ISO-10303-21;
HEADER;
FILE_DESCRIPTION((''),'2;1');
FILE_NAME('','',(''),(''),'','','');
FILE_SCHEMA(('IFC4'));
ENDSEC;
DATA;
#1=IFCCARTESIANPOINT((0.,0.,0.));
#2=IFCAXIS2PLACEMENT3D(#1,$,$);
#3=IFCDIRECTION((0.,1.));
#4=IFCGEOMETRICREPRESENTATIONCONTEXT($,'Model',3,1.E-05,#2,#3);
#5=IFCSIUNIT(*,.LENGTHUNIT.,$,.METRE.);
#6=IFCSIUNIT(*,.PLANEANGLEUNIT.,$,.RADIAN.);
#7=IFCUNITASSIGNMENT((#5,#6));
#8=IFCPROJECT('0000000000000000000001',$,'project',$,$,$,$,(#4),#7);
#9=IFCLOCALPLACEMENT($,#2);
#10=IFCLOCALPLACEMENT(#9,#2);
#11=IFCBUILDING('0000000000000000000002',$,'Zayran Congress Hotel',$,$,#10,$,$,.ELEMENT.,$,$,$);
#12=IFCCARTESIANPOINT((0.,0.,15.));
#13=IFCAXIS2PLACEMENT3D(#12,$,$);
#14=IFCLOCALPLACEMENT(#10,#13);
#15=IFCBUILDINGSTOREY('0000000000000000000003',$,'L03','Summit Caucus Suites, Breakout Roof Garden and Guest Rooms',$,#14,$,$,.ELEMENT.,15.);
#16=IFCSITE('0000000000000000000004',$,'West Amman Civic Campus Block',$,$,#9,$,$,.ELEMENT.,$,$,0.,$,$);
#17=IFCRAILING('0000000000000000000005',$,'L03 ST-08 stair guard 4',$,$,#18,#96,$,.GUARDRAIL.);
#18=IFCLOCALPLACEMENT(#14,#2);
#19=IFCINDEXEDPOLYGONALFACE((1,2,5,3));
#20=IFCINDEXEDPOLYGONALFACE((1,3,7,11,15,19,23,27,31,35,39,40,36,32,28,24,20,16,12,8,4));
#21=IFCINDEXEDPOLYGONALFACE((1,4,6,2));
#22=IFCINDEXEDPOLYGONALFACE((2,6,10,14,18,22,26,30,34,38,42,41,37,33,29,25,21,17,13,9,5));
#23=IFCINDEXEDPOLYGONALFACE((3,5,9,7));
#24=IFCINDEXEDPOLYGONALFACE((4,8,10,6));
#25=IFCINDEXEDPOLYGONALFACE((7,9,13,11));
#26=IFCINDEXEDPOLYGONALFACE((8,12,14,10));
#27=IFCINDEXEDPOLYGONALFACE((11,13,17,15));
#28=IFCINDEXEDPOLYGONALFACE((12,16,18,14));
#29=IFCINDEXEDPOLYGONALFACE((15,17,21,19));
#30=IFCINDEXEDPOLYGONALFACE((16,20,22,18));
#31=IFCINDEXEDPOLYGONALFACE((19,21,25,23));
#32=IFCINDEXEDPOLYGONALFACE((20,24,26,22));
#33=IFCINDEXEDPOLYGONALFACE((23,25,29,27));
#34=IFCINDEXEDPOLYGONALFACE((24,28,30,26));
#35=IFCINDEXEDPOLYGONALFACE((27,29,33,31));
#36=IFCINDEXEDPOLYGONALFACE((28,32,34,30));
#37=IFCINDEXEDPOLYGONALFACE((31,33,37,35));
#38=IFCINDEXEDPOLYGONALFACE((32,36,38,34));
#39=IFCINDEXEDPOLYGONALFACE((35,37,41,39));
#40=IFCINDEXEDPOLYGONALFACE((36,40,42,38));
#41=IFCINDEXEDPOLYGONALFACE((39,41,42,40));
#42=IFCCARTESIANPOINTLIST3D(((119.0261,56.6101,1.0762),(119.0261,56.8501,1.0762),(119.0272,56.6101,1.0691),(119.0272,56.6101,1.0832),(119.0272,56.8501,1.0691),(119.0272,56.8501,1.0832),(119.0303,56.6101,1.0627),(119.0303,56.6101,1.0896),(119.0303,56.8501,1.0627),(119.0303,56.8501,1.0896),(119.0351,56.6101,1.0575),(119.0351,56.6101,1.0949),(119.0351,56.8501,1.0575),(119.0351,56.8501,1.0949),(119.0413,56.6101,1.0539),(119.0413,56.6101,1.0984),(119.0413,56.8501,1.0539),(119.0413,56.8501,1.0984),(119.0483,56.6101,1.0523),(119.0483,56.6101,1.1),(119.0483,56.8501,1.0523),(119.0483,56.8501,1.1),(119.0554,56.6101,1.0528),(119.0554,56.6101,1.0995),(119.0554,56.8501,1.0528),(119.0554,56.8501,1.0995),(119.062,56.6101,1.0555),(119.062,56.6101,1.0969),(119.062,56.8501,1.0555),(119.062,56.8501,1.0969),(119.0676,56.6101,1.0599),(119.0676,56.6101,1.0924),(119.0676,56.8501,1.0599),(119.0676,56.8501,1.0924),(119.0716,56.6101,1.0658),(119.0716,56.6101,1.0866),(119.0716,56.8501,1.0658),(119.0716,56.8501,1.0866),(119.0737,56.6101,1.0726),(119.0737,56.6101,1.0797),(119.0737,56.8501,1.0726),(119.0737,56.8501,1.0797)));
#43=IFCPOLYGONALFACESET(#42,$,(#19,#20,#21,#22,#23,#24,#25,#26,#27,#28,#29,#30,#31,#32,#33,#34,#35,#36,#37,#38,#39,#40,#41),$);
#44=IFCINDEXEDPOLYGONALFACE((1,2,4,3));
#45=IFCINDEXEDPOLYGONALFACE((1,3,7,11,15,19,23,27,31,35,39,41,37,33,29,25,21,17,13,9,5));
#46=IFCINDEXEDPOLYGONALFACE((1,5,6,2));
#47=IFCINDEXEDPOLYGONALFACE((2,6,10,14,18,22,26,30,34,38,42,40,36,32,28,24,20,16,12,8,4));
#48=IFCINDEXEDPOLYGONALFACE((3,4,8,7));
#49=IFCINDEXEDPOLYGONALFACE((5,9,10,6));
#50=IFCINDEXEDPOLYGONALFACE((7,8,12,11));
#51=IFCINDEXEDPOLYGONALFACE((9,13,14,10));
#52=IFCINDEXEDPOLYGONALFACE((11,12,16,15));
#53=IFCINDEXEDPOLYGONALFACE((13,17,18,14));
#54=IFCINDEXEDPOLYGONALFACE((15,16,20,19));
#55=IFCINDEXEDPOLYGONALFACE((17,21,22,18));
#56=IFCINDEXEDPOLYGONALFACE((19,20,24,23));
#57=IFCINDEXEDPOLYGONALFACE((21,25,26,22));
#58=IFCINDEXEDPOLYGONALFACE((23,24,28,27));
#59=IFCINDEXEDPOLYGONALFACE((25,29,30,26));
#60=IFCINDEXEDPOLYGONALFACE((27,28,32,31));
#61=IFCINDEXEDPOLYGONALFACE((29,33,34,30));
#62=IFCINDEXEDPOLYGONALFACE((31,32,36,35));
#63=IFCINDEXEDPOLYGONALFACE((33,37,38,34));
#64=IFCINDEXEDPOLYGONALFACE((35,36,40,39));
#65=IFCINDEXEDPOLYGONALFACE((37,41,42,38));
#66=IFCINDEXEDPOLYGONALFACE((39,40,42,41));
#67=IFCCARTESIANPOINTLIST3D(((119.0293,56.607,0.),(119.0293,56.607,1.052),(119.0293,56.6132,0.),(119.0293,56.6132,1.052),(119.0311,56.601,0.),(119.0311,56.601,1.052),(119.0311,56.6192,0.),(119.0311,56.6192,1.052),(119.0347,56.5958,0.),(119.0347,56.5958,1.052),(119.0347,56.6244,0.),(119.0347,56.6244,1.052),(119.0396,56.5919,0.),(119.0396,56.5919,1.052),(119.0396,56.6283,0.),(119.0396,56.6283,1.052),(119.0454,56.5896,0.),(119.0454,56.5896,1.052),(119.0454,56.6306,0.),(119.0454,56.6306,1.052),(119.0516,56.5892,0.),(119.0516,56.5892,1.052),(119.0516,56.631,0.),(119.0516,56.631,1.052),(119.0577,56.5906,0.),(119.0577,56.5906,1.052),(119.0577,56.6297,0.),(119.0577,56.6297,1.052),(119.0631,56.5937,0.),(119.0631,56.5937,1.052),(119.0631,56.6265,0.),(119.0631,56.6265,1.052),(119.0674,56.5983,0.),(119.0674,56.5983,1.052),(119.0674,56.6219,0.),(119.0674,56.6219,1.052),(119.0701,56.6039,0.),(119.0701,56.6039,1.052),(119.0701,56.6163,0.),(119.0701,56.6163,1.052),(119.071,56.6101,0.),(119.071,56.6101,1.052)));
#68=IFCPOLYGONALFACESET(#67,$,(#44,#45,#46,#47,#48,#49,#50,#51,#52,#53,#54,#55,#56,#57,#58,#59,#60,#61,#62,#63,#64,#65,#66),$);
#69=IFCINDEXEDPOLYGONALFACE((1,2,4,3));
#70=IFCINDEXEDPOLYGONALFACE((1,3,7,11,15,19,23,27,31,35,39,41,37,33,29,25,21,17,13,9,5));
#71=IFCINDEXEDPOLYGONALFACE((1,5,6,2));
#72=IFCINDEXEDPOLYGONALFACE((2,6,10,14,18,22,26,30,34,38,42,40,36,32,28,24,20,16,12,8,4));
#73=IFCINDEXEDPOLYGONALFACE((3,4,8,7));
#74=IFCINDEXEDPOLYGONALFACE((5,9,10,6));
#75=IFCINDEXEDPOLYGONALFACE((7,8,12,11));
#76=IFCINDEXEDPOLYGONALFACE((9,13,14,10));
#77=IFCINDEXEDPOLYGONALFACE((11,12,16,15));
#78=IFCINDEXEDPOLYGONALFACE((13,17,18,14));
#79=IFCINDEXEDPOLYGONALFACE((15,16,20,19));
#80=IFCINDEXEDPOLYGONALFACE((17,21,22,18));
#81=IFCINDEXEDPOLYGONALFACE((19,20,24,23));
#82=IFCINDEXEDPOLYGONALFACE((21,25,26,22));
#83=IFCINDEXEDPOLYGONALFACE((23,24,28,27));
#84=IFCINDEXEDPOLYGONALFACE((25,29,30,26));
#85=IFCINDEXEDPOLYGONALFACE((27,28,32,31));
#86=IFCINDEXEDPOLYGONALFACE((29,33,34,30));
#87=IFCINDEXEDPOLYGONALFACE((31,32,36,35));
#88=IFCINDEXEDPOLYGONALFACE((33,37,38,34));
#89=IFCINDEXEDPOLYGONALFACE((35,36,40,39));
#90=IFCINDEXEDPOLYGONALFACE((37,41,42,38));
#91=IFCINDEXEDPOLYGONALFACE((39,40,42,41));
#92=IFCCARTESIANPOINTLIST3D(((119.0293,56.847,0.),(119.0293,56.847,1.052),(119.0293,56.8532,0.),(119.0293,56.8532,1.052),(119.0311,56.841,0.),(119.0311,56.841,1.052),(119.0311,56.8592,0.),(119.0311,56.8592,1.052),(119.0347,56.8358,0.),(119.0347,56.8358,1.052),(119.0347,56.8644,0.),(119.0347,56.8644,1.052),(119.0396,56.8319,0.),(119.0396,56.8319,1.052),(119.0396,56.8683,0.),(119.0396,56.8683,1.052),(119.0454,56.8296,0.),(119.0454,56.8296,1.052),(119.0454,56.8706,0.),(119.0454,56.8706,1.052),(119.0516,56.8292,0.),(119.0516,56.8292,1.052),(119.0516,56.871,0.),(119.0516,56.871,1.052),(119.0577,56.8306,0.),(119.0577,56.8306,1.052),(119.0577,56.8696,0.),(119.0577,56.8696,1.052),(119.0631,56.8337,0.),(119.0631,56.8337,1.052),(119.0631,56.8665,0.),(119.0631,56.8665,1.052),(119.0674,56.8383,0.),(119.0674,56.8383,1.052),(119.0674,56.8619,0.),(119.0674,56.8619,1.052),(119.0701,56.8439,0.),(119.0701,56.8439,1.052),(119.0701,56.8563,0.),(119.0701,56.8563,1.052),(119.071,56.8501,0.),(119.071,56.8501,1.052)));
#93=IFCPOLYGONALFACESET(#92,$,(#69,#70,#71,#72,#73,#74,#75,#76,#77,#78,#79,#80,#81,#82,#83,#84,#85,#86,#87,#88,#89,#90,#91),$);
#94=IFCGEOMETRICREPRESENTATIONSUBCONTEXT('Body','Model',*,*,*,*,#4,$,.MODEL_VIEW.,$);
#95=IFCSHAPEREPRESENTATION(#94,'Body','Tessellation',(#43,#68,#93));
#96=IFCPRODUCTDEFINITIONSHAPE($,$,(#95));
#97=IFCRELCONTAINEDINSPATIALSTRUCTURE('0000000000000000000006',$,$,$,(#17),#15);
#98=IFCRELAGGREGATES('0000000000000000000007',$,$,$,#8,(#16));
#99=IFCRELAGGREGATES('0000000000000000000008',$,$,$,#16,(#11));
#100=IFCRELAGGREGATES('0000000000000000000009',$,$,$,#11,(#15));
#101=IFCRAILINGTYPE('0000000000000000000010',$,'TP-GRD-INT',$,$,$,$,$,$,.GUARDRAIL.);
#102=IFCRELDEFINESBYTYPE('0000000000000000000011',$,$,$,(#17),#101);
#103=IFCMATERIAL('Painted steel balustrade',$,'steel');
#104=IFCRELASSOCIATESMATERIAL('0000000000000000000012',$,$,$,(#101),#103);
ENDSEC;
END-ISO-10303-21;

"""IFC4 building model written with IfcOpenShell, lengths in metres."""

from ifc_helpers import new_model, si_unit, direction, frame, origin, origin_2d, place, context, subcontext, project, spatial, circle, extrude, material, type_object, element, save


model = new_model("IFC4")

# Units and contexts
model_context = context("Model", 3, precision=1e-05, world=origin(), true_north=direction((0.0, 1.0)))
body_context = subcontext(model_context, "Body", "Model", "MODEL_VIEW")
ifc_project = project(units=[si_unit("LENGTHUNIT", "METRE"), si_unit("PLANEANGLEUNIT", "RADIAN")], contexts=[model_context])

# Site, building, storey
site_placement = place(None, origin())
site = spatial("IfcSite", under=ifc_project, at=site_placement, Name="West Amman Civic Campus Block", CompositionType="ELEMENT", RefElevation=0.0)
building_placement = place(site_placement, origin())
building = spatial("IfcBuilding", under=site, at=building_placement, Name="Zayran Congress Hotel", CompositionType="ELEMENT")
storey_placement = place(building_placement, frame((0.0, 0.0, 15.0)))
storey = spatial("IfcBuildingStorey", under=building, at=storey_placement, Name="L03", Description="Summit Caucus Suites, Breakout Roof Garden and Guest Rooms", CompositionType="ELEMENT", Elevation=15.0)

# Railing
ifc_material_1 = material(Name="Painted steel balustrade", Category="steel")
railing_type_1 = type_object("IfcRailingType", Name="TP-GRD-INT", PredefinedType="GUARDRAIL", material=ifc_material_1)
railing_1_placement = place(storey_placement, frame((119.05, 56.6101, 0.0)))
element("IfcRailing", 1, at=railing_1_placement, inside=storey, type_object=railing_type_1, Name="L03 ST-08 stair guard 4", PredefinedType="GUARDRAIL", context=body_context, shape_type="SweptSolid", body=[
    extrude(circle(Radius=0.0239, at=origin_2d()), frame((0.0, 0.0, 1.0762), z_axis=(0.0, 1.0, 0.0), x_axis=(-1.0, 0.0, 0.0)), (0.0, 0.0, 1.0), 0.24),
    extrude(circle(Radius=0.021, at=origin_2d()), origin(), (0.0, 0.0, 1.0), 1.052),
    extrude(circle(Radius=0.021, at=origin_2d()), frame((0.0, 0.24, 0.0)), (0.0, 0.0, 1.0), 1.052),
])

save(model, "model.ifc")
